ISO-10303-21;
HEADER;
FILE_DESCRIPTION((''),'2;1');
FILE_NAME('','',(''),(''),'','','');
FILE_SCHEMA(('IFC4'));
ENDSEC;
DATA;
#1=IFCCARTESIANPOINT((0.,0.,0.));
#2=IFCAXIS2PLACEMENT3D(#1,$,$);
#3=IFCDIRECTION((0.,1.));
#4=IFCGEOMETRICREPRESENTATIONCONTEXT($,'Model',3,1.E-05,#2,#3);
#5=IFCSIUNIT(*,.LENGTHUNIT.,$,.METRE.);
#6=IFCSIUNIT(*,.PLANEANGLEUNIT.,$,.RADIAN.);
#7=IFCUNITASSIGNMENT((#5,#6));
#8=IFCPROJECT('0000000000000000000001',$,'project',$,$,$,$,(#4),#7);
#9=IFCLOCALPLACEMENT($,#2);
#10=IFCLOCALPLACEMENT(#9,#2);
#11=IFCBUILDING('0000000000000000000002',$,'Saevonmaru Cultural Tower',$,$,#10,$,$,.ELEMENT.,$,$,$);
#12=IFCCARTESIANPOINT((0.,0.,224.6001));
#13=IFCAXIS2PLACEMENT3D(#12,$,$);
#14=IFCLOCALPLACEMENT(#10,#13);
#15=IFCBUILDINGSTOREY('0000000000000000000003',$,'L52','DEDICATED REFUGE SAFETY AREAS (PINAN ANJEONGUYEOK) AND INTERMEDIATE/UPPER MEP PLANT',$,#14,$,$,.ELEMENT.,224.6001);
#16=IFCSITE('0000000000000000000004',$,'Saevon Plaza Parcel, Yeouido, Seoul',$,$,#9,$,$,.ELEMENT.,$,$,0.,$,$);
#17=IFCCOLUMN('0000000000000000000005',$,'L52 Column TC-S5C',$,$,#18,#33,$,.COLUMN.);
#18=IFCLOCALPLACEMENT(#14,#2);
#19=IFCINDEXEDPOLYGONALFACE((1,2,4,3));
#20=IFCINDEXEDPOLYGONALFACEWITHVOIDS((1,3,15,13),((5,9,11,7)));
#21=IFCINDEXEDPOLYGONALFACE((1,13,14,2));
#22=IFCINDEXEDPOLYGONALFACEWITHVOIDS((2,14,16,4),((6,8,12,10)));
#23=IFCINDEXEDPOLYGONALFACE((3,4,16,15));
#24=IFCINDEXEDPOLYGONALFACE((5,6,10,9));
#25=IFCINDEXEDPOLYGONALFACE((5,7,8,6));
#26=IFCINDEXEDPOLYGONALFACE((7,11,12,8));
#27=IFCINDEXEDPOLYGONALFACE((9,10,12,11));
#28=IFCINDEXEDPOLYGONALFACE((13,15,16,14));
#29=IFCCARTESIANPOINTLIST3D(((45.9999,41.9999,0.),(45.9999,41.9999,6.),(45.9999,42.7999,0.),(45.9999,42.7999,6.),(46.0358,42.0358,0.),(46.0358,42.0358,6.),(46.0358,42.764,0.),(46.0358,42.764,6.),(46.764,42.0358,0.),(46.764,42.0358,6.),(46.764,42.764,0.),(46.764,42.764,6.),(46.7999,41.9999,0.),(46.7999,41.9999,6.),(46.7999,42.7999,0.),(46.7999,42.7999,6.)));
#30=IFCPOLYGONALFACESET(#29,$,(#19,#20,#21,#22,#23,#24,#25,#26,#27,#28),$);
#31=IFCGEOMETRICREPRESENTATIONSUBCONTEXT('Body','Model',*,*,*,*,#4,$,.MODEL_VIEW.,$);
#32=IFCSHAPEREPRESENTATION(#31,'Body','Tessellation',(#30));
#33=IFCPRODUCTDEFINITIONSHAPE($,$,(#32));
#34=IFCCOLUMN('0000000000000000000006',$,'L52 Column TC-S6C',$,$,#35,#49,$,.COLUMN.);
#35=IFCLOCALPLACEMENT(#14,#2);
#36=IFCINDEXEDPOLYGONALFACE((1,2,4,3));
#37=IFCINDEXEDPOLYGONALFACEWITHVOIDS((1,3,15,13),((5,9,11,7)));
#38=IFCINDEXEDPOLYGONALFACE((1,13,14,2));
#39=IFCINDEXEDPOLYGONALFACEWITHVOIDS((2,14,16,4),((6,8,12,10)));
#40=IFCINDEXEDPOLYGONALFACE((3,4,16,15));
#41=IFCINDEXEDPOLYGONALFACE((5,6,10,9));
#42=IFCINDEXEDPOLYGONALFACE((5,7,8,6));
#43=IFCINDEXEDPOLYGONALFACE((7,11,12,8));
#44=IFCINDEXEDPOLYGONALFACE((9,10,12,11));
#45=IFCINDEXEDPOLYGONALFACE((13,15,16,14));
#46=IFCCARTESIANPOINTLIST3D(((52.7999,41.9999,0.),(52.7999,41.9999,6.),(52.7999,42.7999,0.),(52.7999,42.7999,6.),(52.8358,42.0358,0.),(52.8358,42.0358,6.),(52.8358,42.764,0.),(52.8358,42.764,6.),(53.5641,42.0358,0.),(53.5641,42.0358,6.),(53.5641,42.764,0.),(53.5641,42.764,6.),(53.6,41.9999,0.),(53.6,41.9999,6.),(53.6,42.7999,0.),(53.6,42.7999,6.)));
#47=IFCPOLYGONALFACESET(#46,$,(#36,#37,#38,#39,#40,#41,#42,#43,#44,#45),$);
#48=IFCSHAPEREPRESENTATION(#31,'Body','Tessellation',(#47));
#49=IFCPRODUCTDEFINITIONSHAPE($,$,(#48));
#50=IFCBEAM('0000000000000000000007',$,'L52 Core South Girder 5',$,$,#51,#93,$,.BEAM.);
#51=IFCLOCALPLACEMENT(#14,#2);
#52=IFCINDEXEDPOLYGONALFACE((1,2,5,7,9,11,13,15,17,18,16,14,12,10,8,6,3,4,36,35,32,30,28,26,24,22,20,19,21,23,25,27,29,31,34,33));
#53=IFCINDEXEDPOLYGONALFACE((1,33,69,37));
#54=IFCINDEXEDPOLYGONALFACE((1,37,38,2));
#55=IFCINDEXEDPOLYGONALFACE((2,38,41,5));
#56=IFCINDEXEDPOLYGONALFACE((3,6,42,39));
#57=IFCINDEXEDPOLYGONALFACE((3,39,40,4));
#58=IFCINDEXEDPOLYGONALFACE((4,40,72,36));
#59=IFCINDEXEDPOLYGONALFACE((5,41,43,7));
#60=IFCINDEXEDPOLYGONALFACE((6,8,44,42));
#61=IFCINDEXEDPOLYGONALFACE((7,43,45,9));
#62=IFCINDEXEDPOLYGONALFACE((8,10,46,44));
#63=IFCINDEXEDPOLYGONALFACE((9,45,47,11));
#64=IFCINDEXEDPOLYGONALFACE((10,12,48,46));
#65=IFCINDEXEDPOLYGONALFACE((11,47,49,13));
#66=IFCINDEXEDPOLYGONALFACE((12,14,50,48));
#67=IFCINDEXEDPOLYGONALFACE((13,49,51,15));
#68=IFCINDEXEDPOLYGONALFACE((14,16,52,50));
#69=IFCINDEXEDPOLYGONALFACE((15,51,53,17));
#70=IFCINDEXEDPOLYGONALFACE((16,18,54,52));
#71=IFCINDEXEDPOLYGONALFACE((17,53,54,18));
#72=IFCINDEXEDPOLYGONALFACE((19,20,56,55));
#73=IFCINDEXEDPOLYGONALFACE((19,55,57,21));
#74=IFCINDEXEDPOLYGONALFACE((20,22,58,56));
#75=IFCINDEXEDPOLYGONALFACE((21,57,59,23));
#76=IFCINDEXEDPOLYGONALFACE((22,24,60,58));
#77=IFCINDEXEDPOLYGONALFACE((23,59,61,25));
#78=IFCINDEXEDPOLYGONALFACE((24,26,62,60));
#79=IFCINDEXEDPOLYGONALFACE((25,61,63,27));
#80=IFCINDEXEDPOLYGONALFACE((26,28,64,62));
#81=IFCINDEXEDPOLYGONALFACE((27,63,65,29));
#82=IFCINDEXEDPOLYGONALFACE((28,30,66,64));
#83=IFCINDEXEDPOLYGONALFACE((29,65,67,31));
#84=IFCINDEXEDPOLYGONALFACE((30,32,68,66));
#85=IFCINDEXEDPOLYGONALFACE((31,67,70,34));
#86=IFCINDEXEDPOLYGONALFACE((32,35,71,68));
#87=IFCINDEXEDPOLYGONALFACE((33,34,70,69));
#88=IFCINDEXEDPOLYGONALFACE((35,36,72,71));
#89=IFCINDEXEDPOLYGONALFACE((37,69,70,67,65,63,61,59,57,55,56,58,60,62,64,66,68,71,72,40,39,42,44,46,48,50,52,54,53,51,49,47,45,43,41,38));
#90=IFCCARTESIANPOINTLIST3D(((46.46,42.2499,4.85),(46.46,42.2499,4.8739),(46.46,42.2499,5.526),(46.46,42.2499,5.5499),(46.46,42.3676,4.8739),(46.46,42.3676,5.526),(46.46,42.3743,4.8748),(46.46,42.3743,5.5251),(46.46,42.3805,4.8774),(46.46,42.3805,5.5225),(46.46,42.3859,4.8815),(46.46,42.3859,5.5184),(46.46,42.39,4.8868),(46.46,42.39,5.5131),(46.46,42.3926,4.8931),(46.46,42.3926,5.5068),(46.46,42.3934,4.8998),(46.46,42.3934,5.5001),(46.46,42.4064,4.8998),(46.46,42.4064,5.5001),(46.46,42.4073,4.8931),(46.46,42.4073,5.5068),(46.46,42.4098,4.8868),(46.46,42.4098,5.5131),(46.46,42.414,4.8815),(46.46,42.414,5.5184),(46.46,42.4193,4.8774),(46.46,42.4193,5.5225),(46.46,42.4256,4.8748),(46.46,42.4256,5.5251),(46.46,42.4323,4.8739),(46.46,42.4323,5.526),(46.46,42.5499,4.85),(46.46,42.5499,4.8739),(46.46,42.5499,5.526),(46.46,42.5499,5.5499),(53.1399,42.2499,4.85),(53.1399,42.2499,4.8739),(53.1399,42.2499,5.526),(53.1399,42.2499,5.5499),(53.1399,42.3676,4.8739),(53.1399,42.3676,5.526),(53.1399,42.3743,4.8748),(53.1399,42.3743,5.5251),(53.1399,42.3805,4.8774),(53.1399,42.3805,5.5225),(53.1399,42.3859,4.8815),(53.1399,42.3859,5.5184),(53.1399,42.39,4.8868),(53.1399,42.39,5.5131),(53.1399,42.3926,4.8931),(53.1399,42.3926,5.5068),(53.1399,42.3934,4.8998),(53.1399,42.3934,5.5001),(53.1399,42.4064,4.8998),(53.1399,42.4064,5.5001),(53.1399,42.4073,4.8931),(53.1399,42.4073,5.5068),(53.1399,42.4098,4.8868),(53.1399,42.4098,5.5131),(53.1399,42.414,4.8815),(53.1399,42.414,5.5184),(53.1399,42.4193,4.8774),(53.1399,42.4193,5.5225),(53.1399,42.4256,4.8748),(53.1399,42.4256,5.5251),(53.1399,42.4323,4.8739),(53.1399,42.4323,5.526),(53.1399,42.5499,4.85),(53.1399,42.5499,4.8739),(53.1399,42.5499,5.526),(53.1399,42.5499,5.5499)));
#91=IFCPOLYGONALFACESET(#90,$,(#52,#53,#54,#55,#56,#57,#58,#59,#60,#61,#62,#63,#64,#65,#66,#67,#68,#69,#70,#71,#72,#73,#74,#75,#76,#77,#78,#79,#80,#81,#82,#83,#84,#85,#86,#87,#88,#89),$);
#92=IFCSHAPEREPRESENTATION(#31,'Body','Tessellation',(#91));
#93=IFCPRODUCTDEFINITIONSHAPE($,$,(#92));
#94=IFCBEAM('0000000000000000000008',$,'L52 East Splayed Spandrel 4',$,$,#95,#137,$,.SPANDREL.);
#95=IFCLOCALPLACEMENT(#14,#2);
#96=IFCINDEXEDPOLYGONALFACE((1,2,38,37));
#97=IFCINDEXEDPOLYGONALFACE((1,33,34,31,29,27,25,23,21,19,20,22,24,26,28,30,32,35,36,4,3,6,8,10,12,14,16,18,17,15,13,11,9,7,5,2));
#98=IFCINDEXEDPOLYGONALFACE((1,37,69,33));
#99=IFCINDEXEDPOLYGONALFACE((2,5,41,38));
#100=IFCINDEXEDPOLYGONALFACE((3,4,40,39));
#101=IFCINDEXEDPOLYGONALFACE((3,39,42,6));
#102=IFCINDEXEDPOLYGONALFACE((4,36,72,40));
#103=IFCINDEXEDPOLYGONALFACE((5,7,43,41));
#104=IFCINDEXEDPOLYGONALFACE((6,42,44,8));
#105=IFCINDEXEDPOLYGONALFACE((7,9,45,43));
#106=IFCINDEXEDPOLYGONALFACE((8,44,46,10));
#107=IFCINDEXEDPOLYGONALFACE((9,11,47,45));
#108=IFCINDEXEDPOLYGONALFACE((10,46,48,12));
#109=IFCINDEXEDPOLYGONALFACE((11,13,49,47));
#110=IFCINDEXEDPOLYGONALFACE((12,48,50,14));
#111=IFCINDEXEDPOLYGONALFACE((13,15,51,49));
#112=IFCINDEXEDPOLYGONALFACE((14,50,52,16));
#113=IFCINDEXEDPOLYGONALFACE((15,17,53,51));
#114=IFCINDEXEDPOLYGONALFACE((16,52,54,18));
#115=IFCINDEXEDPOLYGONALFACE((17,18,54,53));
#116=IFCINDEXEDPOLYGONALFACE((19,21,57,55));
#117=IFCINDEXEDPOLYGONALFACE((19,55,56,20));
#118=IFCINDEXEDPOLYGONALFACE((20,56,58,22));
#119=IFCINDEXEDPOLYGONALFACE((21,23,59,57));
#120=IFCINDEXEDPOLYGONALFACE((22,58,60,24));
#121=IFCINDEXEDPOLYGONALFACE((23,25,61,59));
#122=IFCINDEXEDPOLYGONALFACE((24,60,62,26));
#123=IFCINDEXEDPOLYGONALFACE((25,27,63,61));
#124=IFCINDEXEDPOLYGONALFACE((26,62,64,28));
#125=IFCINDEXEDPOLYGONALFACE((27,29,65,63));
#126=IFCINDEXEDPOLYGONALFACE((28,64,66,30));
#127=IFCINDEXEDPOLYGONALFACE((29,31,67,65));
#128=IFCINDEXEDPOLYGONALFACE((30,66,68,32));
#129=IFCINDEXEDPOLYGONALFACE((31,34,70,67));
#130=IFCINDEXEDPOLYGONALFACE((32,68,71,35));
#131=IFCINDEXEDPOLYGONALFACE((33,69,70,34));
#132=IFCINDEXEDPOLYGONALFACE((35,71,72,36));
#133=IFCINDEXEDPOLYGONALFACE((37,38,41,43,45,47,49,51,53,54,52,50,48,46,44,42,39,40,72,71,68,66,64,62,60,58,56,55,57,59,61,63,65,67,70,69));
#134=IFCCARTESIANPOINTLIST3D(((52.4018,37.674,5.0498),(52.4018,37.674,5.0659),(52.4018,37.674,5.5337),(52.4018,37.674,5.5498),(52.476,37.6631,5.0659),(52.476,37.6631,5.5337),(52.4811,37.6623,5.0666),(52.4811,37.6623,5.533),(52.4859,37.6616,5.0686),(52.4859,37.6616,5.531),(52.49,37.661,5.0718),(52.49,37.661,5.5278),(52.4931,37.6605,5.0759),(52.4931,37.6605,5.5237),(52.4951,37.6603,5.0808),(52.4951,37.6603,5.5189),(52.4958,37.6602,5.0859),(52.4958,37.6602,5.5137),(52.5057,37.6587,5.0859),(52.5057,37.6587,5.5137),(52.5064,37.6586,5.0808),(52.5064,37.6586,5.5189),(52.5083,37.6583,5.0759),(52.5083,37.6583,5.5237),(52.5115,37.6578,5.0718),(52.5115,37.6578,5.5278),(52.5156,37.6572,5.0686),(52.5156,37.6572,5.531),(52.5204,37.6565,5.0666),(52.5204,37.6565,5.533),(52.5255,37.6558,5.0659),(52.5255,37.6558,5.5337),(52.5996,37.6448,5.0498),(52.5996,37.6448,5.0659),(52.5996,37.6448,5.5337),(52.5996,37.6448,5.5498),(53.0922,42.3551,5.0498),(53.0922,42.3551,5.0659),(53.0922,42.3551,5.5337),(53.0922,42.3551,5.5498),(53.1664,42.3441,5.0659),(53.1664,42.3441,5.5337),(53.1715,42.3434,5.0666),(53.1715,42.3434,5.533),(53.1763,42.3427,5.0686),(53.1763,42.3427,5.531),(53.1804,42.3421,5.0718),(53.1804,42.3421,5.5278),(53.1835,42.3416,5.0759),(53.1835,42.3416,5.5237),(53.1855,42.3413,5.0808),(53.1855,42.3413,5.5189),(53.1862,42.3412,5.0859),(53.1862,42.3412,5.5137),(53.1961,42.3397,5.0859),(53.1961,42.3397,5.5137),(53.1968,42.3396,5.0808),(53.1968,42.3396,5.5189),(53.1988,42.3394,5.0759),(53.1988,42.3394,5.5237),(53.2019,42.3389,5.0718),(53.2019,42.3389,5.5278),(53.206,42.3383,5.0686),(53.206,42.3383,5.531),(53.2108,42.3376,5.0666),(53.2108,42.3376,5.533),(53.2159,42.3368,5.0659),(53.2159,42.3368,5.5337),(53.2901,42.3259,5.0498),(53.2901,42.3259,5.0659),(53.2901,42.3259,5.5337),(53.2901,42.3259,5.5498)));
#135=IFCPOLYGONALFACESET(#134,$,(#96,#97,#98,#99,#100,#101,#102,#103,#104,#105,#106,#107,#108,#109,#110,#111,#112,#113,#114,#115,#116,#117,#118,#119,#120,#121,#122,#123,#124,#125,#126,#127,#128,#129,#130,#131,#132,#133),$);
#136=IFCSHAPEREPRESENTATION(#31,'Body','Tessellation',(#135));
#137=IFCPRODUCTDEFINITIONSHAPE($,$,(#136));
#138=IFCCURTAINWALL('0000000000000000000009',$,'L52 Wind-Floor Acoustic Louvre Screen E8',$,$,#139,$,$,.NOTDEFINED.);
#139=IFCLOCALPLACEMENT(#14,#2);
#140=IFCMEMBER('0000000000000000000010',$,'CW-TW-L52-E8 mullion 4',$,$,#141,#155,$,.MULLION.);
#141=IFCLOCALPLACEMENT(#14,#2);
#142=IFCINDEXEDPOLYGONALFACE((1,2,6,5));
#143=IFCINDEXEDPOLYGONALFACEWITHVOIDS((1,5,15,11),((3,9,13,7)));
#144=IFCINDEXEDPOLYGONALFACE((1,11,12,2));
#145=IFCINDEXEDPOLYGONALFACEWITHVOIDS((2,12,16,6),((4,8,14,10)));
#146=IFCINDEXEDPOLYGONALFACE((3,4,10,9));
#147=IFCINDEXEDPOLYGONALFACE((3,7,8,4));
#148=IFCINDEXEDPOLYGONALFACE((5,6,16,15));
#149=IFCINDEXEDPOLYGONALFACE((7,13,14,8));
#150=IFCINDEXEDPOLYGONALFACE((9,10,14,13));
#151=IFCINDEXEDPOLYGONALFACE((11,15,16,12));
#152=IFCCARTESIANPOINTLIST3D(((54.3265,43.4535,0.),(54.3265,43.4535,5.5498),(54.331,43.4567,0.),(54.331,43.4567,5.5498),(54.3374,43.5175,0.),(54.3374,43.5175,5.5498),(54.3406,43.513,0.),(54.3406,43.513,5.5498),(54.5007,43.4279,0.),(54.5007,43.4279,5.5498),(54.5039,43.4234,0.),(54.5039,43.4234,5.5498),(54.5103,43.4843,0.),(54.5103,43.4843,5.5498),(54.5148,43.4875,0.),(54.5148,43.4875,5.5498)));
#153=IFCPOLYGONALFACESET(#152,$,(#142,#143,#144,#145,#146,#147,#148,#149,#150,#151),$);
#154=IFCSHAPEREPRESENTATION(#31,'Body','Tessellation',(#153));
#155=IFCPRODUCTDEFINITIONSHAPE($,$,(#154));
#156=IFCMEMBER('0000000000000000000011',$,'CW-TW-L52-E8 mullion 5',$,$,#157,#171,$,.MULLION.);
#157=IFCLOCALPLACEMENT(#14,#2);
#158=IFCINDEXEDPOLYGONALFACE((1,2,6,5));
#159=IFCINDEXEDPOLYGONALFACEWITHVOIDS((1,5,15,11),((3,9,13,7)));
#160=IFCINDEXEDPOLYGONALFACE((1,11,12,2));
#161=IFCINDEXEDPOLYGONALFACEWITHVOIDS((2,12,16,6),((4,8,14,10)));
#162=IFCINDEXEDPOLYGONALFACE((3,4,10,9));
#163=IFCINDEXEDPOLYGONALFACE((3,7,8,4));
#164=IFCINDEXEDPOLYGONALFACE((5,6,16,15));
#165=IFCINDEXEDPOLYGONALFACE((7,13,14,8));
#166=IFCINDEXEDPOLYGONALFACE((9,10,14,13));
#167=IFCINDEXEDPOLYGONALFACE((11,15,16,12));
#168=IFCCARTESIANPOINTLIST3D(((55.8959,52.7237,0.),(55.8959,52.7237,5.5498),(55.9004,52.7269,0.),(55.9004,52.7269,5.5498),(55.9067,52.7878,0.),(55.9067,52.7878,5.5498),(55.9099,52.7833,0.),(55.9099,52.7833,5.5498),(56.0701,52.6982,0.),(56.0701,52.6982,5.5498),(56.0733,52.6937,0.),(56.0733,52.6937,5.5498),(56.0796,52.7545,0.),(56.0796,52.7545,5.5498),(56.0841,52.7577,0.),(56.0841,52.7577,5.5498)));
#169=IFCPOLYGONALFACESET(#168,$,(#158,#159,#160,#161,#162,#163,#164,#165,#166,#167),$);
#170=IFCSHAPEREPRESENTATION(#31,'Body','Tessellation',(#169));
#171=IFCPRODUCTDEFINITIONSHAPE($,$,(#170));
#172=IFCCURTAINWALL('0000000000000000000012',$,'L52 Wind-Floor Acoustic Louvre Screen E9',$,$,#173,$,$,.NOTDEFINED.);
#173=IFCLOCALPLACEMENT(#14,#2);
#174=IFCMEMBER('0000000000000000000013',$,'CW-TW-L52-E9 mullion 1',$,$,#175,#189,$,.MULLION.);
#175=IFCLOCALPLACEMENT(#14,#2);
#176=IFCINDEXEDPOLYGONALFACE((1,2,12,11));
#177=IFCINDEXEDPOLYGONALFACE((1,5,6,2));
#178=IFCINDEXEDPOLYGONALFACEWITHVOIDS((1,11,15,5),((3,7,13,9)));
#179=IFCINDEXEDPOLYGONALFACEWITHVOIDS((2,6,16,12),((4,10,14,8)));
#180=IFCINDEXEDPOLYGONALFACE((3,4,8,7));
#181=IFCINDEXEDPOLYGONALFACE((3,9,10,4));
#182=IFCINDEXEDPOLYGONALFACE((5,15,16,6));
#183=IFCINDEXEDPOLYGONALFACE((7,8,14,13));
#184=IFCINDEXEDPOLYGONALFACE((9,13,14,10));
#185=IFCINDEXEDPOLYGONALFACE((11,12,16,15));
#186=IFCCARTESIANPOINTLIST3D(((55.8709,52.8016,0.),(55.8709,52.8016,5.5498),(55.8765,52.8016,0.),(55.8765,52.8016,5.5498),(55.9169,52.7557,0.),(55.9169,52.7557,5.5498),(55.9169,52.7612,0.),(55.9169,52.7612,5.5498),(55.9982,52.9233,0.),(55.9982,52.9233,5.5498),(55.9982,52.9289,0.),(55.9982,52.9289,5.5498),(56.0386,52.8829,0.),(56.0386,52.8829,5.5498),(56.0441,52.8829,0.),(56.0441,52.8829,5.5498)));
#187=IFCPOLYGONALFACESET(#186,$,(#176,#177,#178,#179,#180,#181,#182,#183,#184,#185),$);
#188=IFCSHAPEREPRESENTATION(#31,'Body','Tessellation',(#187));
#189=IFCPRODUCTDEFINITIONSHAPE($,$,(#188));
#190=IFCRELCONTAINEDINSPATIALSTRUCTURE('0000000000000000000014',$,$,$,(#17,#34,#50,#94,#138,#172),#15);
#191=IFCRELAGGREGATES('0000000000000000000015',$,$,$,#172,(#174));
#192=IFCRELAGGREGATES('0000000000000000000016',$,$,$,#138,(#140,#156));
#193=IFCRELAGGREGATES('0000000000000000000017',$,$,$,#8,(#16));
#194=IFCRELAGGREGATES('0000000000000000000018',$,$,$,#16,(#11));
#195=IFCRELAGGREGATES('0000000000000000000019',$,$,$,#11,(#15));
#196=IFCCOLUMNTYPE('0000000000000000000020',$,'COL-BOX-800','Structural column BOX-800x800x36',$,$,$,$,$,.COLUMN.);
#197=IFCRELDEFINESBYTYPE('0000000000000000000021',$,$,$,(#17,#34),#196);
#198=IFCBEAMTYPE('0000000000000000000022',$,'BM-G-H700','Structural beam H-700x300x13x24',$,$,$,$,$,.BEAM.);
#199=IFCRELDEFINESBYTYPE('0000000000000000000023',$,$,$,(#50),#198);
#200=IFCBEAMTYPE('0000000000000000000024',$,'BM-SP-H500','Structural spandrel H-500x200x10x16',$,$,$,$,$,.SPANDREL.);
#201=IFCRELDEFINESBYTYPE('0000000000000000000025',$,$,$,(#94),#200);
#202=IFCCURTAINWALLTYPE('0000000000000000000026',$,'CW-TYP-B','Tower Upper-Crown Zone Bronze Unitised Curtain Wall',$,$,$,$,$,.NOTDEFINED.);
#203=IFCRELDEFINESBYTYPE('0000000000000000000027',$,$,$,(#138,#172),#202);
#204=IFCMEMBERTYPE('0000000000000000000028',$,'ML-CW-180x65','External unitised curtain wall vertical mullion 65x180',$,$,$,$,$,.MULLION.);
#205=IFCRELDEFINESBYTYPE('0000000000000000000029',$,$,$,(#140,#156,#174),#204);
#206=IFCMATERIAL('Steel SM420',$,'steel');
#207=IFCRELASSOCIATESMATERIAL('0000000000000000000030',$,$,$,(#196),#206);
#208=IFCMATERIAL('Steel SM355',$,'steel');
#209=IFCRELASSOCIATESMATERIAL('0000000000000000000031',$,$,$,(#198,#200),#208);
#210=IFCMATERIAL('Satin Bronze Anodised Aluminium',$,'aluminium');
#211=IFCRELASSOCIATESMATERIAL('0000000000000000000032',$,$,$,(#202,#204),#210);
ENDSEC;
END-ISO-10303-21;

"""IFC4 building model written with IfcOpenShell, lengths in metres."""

from ifc_helpers import new_model, si_unit, direction, frame, origin, origin_2d, place, context, subcontext, project, spatial, hollow_rectangle, i_section, extrude, material, material_profile, profile_set, type_object, element, aggregate, save


model = new_model("IFC4")

# Units and contexts
model_context = context("Model", 3, precision=1e-05, world=origin(), true_north=direction((0.0, 1.0)))
body_context = subcontext(model_context, "Body", "Model", "MODEL_VIEW")
ifc_project = project(units=[si_unit("LENGTHUNIT", "METRE"), si_unit("PLANEANGLEUNIT", "RADIAN")], contexts=[model_context])

# Site, building, storey
site_placement = place(None, origin())
site = spatial("IfcSite", under=ifc_project, at=site_placement, Name="Saevon Plaza Parcel, Yeouido, Seoul", CompositionType="ELEMENT", RefElevation=0.0)
building_placement = place(site_placement, origin())
building = spatial("IfcBuilding", under=site, at=building_placement, Name="Saevonmaru Cultural Tower", CompositionType="ELEMENT")
storey_placement = place(building_placement, frame((0.0, 0.0, 224.6001)))
storey = spatial("IfcBuildingStorey", under=building, at=storey_placement, Name="L52", Description="DEDICATED REFUGE SAFETY AREAS (PINAN ANJEONGUYEOK) AND INTERMEDIATE/UPPER MEP PLANT", CompositionType="ELEMENT", Elevation=224.6001)

# Columns
ifc_material_1 = material(Name="Steel SM420", Category="steel")
ifc_material_profile_1 = material_profile(ifc_material_1, hollow_rectangle(XDim=0.8, YDim=0.8, WallThickness=0.0359, at=origin_2d()), Name="BOX-800x800x36")
ifc_profile_set_1 = profile_set([ifc_material_profile_1], Name="Steel SM420")
column_type = type_object("IfcColumnType", Name="COL-BOX-800", Description="Structural column BOX-800x800x36", PredefinedType="COLUMN", material=ifc_profile_set_1)
for number, where, z_axis, x_axis, name in (
    (1, (46.3999, 42.3999, 0.0), (0.0, 0.0, 1.0), (1.0, 0.0, 0.0), "L52 Column TC-S5C"),
    (2, (53.2, 42.3999, 0.0), (0.0, 0.0, 1.0), (1.0, 0.0, 0.0), "L52 Column TC-S6C"),
):
    element("IfcColumn", number, at=place(storey_placement, frame(where, z_axis=z_axis, x_axis=x_axis)), inside=storey, type_object=column_type, Name=name, PredefinedType="COLUMN", context=body_context, shape_type="SweptSolid", body=[
        extrude(hollow_rectangle(XDim=0.8, YDim=0.8, WallThickness=0.0359, at=origin_2d()), origin(), (0.0, 0.0, 1.0), 6.0),
    ])

# Beams
ifc_material_2 = material(Name="Steel SM355", Category="steel")
ifc_material_profile_2 = material_profile(ifc_material_2, i_section(OverallWidth=0.3, OverallDepth=0.7, WebThickness=0.0129, FlangeThickness=0.0239, FilletRadius=0.0259, at=origin_2d()), Name="H-700x300x13x24")
ifc_profile_set_2 = profile_set([ifc_material_profile_2], Name="Steel SM355")
beam_type_1 = type_object("IfcBeamType", Name="BM-G-H700", Description="Structural beam H-700x300x13x24", PredefinedType="BEAM", material=ifc_profile_set_2)
beam_1_placement = place(storey_placement, frame((46.46, 42.3999, 5.2), z_axis=(1.0, 0.0, 0.0), x_axis=(0.0, 1.0, 0.0)))
element("IfcBeam", 3, at=beam_1_placement, inside=storey, type_object=beam_type_1, Name="L52 Core South Girder 5", PredefinedType="BEAM", context=body_context, shape_type="SweptSolid", body=[
    extrude(i_section(OverallWidth=0.3, OverallDepth=0.7, WebThickness=0.0129, FlangeThickness=0.0239, FilletRadius=0.0259, at=origin_2d()), origin(), (0.0, 0.0, 1.0), 6.6799),
])
ifc_material_profile_3 = material_profile(ifc_material_2, i_section(OverallWidth=0.2, OverallDepth=0.5, WebThickness=0.01, FlangeThickness=0.0161, FilletRadius=0.02, at=origin_2d()), Name="H-500x200x10x16")
ifc_profile_set_3 = profile_set([ifc_material_profile_3], Name="Steel SM355")
beam_type_2 = type_object("IfcBeamType", Name="BM-SP-H500", Description="Structural spandrel H-500x200x10x16", PredefinedType="SPANDREL", material=ifc_profile_set_3)
beam_2_placement = place(storey_placement, frame((52.5007, 37.6594, 5.2998), z_axis=(0.145913, 0.989297, 0.0), x_axis=(-0.989297, 0.145913, 0.0)))
element("IfcBeam", 4, at=beam_2_placement, inside=storey, type_object=beam_type_2, Name="L52 East Splayed Spandrel 4", PredefinedType="SPANDREL", context=body_context, shape_type="SweptSolid", body=[
    extrude(i_section(OverallWidth=0.2, OverallDepth=0.5, WebThickness=0.01, FlangeThickness=0.0161, FilletRadius=0.02, at=origin_2d()), origin(), (0.0, 0.0, 1.0), 4.7317),
])

# Curtain wall, members
ifc_material_3 = material(Name="Satin Bronze Anodised Aluminium", Category="aluminium")
curtain_wall_type = type_object("IfcCurtainWallType", Name="CW-TYP-B", Description="Tower Upper-Crown Zone Bronze Unitised Curtain Wall", PredefinedType="NOTDEFINED", material=ifc_material_3)
curtain_wall_1_placement = place(storey_placement, origin())
curtain_wall_1 = element("IfcCurtainWall", 5, at=curtain_wall_1_placement, inside=storey, type_object=curtain_wall_type, Name="L52 Wind-Floor Acoustic Louvre Screen E8", PredefinedType="NOTDEFINED")
ifc_material_profile_4 = material_profile(ifc_material_3, hollow_rectangle(XDim=0.0649, YDim=0.1799, WallThickness=0.0039, at=origin_2d()), Name="ALU-MULL-180x65x4")
ifc_profile_set_4 = profile_set([ifc_material_profile_4], Name="Satin Bronze Anodised Aluminium")
member_type_1 = type_object("IfcMemberType", Name="ML-CW-180x65", Description="External unitised curtain wall vertical mullion 65x180", PredefinedType="MULLION", material=ifc_profile_set_4)
member_1_placement = place(storey_placement, frame((54.4207, 43.4705, 0.0), z_axis=(0.0, 0.0, 1.0), x_axis=(0.166922, 0.98597, 0.0)))
member_1 = element("IfcMember", 6, at=member_1_placement, type_object=member_type_1, Name="CW-TW-L52-E8 mullion 4", PredefinedType="MULLION", context=body_context, shape_type="SweptSolid", body=[
    extrude(hollow_rectangle(XDim=0.0649, YDim=0.1799, WallThickness=0.0039, at=origin_2d()), origin(), (0.0, 0.0, 1.0), 5.5498),
])
member_2_placement = place(storey_placement, frame((55.99, 52.7407, 0.0), z_axis=(0.0, 0.0, 1.0), x_axis=(0.166922, 0.98597, 0.0)))
member_2 = element("IfcMember", 7, at=member_2_placement, type_object=member_type_1, Name="CW-TW-L52-E8 mullion 5", PredefinedType="MULLION", context=body_context, shape_type="SweptSolid", body=[
    extrude(hollow_rectangle(XDim=0.0649, YDim=0.1799, WallThickness=0.0039, at=origin_2d()), origin(), (0.0, 0.0, 1.0), 5.5498),
])

# Curtain wall, member
curtain_wall_2_placement = place(storey_placement, origin())
curtain_wall_2 = element("IfcCurtainWall", 8, at=curtain_wall_2_placement, inside=storey, type_object=curtain_wall_type, Name="L52 Wind-Floor Acoustic Louvre Screen E9", PredefinedType="NOTDEFINED")
member_3_placement = place(storey_placement, frame((55.9575, 52.8423, 0.0), z_axis=(0.0, 0.0, 1.0), x_axis=(-0.707107, 0.707107, 0.0)))
member_3 = element("IfcMember", 9, at=member_3_placement, type_object=member_type_1, Name="CW-TW-L52-E9 mullion 1", PredefinedType="MULLION", context=body_context, shape_type="SweptSolid", body=[
    extrude(hollow_rectangle(XDim=0.0649, YDim=0.1799, WallThickness=0.0039, at=origin_2d()), origin(), (0.0, 0.0, 1.0), 5.5498),
])

aggregate(curtain_wall_2, [member_3])

aggregate(curtain_wall_1, [member_1, member_2])

save(model, "model.ifc")
